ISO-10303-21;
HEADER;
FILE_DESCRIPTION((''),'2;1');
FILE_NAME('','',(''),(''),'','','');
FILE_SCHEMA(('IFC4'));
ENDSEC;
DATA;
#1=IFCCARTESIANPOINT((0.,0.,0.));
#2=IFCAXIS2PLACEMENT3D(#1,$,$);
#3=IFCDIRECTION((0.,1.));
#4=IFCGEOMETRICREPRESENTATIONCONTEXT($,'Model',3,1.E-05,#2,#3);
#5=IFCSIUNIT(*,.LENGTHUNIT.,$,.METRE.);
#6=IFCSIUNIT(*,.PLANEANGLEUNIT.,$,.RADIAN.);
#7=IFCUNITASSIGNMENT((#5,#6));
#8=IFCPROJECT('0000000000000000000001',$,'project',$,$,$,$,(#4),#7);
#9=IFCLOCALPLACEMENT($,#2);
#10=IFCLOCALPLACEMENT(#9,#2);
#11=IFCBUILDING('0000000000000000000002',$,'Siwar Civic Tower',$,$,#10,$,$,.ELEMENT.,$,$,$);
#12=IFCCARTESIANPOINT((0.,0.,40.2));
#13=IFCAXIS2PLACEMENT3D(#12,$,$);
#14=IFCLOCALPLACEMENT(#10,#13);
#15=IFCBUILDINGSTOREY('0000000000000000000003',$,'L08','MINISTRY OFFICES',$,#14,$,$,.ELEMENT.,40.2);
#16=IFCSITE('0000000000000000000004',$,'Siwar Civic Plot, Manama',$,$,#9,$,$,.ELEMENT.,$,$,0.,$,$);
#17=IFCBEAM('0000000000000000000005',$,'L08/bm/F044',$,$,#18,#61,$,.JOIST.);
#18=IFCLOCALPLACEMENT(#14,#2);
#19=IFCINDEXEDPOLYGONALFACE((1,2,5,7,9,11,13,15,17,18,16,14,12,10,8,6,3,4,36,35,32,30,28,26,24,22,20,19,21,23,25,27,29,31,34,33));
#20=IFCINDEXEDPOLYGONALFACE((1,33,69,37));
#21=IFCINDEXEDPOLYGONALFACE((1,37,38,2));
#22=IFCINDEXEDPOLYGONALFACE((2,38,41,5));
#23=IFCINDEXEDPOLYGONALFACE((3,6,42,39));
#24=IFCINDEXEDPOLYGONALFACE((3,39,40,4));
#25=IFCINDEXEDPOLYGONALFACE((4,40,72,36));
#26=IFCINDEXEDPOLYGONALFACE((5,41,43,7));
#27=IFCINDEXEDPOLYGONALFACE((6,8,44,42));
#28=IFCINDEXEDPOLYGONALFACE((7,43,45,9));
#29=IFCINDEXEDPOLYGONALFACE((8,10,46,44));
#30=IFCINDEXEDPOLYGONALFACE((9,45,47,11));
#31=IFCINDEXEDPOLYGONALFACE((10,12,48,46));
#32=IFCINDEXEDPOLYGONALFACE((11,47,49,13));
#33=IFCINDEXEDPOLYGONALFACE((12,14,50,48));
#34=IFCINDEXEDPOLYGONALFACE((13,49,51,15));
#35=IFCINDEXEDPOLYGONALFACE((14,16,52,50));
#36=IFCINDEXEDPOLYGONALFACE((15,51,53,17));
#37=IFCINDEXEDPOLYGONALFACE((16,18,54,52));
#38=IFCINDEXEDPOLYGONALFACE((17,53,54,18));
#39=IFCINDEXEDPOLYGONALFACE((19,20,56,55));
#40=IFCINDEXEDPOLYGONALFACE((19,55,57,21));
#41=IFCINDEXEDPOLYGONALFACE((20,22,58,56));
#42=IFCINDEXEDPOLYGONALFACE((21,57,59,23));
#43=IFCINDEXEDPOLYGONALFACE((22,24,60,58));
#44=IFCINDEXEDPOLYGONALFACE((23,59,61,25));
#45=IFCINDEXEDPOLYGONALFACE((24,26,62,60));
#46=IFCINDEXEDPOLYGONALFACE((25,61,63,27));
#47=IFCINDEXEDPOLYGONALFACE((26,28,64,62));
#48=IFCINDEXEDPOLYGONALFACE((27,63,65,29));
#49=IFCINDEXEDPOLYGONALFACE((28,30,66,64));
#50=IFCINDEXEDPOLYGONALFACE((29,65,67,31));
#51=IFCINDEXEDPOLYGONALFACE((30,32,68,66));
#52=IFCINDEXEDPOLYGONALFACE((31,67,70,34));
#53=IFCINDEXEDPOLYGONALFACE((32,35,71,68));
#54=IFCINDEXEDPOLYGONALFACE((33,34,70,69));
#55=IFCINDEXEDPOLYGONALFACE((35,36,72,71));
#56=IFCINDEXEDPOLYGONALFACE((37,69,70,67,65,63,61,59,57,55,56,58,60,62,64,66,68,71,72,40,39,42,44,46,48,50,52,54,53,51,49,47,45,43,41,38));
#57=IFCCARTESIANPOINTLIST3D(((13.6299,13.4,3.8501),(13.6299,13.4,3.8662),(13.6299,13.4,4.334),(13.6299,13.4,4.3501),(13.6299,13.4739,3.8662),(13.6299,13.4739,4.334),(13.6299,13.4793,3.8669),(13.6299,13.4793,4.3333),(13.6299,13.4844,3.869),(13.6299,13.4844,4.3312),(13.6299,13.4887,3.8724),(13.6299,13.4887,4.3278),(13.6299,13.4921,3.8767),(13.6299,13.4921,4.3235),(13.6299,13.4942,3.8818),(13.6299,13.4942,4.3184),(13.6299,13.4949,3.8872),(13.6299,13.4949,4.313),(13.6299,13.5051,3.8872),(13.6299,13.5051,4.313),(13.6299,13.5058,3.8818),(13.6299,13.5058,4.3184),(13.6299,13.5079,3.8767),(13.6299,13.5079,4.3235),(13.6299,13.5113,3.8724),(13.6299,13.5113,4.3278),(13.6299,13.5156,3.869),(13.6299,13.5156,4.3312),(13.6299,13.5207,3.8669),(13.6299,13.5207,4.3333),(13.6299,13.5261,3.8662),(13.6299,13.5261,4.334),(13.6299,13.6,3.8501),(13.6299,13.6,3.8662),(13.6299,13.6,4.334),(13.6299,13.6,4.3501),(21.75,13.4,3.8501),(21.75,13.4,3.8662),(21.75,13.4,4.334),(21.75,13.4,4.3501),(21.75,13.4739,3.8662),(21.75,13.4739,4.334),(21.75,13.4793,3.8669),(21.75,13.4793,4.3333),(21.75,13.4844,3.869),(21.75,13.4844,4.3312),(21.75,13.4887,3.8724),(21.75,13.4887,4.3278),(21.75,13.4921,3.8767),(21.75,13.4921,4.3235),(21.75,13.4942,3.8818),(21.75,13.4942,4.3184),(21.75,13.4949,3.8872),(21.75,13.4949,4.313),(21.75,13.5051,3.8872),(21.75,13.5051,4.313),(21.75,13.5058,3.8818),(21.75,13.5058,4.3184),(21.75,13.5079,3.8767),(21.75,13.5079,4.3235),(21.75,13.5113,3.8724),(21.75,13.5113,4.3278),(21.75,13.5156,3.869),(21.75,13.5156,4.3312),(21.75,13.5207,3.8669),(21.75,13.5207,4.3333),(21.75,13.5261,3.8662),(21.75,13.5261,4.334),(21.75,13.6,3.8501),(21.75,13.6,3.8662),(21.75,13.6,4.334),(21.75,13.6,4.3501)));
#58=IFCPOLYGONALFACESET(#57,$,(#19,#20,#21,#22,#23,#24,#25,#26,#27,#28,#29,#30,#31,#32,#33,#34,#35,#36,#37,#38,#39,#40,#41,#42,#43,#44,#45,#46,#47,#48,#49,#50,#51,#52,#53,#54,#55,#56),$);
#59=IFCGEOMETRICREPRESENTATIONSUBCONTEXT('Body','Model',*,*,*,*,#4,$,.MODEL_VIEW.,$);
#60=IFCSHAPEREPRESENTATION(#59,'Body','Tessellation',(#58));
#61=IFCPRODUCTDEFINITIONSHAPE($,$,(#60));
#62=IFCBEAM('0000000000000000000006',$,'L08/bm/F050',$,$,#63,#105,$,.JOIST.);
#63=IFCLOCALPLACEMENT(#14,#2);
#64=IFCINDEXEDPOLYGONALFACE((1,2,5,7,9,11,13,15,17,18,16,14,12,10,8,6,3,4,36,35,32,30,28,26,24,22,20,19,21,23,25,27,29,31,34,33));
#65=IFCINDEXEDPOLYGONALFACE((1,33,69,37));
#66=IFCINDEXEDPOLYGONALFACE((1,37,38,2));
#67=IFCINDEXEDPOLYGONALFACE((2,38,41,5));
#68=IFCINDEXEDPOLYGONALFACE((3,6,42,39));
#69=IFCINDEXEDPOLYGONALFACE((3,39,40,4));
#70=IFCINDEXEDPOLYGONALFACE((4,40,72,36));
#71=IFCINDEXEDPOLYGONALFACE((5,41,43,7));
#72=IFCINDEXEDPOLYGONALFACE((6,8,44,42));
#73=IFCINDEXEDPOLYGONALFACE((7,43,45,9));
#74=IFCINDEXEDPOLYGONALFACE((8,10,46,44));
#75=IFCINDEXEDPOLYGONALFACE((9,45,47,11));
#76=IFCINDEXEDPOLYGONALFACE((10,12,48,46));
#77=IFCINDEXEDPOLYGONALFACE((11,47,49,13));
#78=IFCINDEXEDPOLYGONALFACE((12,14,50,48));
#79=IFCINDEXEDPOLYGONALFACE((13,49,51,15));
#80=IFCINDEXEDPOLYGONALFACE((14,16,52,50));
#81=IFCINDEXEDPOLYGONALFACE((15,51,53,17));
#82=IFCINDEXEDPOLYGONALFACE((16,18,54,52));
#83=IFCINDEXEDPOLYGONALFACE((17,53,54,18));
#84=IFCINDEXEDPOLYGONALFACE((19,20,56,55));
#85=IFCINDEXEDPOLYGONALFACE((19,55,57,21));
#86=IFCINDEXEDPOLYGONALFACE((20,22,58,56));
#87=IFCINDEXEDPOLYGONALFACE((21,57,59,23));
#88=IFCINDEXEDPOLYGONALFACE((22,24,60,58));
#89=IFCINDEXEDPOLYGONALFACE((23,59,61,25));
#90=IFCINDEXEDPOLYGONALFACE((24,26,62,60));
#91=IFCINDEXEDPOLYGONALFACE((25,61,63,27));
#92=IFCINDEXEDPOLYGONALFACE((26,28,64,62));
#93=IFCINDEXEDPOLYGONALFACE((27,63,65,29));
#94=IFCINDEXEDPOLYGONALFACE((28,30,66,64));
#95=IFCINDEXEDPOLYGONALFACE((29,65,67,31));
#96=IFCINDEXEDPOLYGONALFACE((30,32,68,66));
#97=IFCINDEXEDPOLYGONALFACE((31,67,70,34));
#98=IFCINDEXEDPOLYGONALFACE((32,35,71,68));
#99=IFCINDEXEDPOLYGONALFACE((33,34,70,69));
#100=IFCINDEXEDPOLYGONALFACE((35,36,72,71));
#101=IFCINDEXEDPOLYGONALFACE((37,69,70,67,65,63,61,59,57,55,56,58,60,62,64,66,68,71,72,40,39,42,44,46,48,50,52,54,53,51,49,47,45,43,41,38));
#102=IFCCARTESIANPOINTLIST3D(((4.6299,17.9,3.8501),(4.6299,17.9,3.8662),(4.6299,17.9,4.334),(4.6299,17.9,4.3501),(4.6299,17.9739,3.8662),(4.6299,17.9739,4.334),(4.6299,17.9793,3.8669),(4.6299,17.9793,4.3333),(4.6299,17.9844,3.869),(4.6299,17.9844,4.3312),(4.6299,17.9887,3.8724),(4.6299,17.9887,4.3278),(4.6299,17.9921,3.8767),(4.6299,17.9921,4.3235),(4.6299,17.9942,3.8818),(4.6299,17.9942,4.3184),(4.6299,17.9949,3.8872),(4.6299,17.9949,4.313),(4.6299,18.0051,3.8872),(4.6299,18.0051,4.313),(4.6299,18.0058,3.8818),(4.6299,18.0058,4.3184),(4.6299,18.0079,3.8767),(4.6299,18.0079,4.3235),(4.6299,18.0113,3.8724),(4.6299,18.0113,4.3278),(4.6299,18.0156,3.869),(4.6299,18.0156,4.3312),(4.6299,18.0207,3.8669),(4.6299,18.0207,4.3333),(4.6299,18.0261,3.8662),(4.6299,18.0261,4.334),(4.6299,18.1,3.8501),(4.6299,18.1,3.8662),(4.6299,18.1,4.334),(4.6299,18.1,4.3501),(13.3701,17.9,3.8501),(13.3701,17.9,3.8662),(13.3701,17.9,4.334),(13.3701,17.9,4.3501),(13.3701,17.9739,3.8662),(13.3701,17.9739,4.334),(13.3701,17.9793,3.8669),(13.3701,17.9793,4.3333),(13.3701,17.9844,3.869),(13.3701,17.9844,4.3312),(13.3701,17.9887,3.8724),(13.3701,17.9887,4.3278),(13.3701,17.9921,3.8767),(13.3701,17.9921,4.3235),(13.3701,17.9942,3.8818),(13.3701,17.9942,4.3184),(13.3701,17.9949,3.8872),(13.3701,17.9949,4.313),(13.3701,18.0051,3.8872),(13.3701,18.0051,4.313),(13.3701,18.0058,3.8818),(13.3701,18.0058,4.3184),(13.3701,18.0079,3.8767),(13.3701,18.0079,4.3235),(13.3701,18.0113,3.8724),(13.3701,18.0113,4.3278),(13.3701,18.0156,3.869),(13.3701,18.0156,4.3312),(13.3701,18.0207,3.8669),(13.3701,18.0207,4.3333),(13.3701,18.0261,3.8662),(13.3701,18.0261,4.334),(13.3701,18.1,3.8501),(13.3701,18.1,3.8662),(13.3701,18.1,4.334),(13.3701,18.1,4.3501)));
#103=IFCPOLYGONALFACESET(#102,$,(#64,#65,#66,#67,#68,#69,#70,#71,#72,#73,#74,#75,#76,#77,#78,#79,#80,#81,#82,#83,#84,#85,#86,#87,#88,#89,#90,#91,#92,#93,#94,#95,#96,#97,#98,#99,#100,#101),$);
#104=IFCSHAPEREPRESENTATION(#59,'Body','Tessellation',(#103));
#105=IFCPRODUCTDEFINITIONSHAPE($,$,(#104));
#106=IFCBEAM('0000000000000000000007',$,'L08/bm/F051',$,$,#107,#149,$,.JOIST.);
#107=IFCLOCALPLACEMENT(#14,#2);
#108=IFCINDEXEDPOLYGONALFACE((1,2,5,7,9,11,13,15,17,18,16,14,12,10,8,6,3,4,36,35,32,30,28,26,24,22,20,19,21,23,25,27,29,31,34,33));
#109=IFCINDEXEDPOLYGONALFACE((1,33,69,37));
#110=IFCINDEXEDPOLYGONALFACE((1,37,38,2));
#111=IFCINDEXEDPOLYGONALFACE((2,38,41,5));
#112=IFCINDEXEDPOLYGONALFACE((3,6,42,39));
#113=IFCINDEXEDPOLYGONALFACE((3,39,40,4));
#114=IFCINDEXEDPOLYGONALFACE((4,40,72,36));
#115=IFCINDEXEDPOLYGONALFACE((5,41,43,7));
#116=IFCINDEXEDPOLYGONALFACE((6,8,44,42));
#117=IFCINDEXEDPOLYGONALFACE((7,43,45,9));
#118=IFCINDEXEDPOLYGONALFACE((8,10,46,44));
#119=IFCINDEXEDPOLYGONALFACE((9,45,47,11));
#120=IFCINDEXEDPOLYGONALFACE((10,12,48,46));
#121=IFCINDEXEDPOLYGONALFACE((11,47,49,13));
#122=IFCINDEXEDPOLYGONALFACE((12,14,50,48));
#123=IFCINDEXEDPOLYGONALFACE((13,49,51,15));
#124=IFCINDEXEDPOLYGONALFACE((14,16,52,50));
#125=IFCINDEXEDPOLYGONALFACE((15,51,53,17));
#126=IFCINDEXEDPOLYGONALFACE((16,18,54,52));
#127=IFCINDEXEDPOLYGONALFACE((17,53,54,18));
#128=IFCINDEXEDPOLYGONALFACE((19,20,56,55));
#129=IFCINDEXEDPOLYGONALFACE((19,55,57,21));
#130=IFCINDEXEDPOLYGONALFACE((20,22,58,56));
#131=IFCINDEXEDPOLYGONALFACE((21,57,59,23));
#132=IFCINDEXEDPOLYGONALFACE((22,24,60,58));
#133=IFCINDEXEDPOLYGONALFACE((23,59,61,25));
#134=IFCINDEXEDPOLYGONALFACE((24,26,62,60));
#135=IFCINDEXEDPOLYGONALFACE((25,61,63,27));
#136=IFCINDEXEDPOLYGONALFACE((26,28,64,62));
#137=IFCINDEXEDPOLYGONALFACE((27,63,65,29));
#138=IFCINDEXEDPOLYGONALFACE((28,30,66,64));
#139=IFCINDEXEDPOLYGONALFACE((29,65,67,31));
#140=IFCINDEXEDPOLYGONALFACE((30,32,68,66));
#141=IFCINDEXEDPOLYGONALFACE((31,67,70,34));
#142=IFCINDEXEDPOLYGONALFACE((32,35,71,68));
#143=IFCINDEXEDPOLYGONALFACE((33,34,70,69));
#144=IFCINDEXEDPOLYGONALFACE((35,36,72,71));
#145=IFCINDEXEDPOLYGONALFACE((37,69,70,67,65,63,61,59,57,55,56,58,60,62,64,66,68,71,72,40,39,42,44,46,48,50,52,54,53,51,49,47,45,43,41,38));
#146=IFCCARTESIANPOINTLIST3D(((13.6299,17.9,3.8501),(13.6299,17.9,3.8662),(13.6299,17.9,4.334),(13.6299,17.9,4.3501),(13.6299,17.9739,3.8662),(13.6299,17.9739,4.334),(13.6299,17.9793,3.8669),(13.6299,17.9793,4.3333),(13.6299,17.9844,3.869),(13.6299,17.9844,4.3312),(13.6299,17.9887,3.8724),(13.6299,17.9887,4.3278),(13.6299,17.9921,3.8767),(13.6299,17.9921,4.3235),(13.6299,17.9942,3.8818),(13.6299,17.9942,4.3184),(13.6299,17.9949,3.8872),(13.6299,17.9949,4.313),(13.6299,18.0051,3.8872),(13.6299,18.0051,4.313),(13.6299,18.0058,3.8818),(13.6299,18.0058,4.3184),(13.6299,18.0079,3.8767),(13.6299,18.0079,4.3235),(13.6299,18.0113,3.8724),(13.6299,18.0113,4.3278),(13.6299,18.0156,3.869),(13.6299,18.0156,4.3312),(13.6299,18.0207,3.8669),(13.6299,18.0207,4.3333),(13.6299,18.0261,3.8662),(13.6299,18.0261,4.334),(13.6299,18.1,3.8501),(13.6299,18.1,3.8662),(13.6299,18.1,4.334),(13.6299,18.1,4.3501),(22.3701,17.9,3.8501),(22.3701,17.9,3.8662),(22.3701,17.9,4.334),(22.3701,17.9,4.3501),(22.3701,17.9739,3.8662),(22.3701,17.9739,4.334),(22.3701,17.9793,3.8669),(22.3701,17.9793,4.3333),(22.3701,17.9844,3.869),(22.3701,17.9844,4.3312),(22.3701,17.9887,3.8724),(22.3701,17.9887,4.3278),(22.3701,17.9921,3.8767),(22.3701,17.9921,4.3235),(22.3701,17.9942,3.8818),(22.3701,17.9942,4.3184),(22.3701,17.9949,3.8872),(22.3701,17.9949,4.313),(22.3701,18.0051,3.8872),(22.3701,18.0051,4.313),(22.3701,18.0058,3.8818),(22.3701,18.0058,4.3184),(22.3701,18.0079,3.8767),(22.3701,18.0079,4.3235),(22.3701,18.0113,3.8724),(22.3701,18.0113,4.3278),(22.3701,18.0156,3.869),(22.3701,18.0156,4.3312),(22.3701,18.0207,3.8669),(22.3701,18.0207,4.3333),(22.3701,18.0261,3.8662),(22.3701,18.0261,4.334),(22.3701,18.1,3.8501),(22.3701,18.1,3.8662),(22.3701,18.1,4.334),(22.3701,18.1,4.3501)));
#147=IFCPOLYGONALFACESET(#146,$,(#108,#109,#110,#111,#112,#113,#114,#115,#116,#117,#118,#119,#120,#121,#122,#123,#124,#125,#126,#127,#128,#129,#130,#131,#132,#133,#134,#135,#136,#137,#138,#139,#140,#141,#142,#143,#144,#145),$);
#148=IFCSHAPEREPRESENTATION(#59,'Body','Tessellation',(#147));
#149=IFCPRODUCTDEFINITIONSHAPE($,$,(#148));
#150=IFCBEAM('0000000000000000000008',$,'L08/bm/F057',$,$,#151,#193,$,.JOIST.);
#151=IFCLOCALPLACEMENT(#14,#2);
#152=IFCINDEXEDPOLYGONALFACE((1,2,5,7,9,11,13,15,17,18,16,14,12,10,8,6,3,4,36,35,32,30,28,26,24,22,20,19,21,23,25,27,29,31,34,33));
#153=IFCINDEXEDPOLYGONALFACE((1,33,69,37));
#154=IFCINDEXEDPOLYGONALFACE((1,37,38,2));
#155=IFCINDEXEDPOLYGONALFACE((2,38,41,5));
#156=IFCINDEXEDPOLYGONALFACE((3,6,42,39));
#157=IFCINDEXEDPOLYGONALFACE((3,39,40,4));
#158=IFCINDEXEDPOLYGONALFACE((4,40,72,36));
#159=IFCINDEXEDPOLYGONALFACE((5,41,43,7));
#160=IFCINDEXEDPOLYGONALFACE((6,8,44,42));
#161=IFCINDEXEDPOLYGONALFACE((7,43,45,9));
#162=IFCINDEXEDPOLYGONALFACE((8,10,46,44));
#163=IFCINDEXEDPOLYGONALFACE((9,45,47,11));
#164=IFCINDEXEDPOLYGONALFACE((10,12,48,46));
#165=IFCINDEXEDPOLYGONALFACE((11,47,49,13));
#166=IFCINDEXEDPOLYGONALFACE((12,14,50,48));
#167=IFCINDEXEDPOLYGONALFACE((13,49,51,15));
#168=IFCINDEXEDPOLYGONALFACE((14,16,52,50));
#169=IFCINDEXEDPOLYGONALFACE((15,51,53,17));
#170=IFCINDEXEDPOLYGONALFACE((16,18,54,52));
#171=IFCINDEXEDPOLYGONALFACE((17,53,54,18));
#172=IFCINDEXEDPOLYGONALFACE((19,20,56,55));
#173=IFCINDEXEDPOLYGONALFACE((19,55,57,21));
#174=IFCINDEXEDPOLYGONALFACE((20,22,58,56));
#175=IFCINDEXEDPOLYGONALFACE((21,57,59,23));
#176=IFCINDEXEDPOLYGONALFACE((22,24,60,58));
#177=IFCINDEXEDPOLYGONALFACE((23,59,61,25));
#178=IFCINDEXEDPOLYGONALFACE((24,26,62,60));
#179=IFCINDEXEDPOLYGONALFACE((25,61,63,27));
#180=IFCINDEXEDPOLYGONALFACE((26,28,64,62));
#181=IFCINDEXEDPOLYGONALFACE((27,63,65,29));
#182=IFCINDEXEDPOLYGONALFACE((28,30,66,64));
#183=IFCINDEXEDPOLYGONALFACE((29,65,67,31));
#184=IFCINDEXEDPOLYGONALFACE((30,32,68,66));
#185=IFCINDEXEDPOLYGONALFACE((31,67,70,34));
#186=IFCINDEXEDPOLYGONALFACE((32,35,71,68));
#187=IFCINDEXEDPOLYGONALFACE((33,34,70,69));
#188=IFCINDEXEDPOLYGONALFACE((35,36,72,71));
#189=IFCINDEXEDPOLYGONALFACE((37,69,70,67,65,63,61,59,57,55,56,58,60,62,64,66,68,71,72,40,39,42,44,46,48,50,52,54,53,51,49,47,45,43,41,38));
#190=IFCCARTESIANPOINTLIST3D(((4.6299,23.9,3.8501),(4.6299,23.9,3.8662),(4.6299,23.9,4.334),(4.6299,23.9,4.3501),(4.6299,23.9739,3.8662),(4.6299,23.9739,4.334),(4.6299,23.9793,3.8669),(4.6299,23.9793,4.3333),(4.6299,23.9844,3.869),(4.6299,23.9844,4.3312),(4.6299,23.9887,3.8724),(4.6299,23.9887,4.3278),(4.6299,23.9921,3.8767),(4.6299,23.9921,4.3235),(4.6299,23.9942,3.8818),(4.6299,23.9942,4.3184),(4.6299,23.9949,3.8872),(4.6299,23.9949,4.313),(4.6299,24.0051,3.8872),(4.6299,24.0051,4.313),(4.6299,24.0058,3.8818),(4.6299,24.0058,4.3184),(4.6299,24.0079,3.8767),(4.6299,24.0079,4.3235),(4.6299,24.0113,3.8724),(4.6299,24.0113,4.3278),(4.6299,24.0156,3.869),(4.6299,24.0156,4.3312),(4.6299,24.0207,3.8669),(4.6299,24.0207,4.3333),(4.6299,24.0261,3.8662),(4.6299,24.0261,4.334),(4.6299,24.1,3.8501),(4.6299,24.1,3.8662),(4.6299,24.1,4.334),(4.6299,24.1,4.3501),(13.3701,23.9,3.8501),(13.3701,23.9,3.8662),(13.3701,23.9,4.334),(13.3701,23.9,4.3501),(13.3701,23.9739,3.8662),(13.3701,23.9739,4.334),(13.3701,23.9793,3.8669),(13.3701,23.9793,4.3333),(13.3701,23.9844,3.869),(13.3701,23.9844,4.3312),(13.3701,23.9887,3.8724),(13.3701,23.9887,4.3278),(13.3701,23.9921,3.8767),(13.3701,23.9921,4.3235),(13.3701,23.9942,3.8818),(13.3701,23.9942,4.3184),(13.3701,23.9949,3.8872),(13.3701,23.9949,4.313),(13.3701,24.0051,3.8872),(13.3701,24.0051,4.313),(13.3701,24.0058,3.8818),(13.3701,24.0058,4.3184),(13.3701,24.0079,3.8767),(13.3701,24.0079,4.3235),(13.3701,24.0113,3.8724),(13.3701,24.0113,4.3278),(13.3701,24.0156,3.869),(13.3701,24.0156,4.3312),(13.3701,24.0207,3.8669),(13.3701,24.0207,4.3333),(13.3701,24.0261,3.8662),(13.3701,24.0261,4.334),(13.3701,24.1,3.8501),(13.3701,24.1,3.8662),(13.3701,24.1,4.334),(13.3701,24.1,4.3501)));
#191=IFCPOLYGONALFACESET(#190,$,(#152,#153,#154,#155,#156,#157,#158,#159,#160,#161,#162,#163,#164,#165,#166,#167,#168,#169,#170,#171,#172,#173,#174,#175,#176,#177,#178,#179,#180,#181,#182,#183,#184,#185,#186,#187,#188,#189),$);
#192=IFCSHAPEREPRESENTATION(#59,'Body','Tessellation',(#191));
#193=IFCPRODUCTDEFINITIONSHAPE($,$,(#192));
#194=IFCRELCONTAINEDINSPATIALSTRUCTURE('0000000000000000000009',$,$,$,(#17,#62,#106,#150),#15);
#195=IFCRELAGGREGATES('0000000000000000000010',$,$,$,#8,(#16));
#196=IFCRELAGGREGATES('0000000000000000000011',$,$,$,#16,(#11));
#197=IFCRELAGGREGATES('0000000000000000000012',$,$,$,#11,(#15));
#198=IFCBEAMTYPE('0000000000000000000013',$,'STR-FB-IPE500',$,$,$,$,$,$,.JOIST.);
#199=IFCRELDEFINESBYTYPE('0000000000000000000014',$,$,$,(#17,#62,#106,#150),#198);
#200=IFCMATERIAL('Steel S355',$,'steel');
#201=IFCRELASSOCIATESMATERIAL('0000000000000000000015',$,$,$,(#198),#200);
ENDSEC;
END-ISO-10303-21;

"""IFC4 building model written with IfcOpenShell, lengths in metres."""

from ifc_helpers import new_model, si_unit, direction, frame, origin, origin_2d, place, context, subcontext, project, spatial, i_section, extrude, material, material_profile, profile_set, type_object, element, save


model = new_model("IFC4")

# Units and contexts
model_context = context("Model", 3, precision=1e-05, world=origin(), true_north=direction((0.0, 1.0)))
body_context = subcontext(model_context, "Body", "Model", "MODEL_VIEW")
ifc_project = project(units=[si_unit("LENGTHUNIT", "METRE"), si_unit("PLANEANGLEUNIT", "RADIAN")], contexts=[model_context])

# Site, building, storey
site_placement = place(None, origin())
site = spatial("IfcSite", under=ifc_project, at=site_placement, Name="Siwar Civic Plot, Manama", CompositionType="ELEMENT", RefElevation=0.0)
building_placement = place(site_placement, origin())
building = spatial("IfcBuilding", under=site, at=building_placement, Name="Siwar Civic Tower", CompositionType="ELEMENT")
storey_placement = place(building_placement, frame((0.0, 0.0, 40.2)))
storey = spatial("IfcBuildingStorey", under=building, at=storey_placement, Name="L08", Description="MINISTRY OFFICES", CompositionType="ELEMENT", Elevation=40.2)

# Beams
ifc_material_1 = material(Name="Steel S355", Category="steel")
ifc_material_profile_1 = material_profile(ifc_material_1, i_section(OverallWidth=0.2, OverallDepth=0.5, WebThickness=0.0103, FlangeThickness=0.0161, FilletRadius=0.021, at=origin_2d()), Name="IPE500")
ifc_profile_set_1 = profile_set([ifc_material_profile_1], Name="Steel S355")
beam_type_1 = type_object("IfcBeamType", Name="STR-FB-IPE500", PredefinedType="JOIST", material=ifc_profile_set_1)
beam_1_placement = place(storey_placement, frame((13.6299, 13.5, 4.1001), z_axis=(1.0, 0.0, 0.0), x_axis=(0.0, 1.0, 0.0)))
element("IfcBeam", 1, at=beam_1_placement, inside=storey, type_object=beam_type_1, Name="L08/bm/F044", PredefinedType="JOIST", context=body_context, shape_type="SweptSolid", body=[
    extrude(i_section(OverallWidth=0.2, OverallDepth=0.5, WebThickness=0.0103, FlangeThickness=0.0161, FilletRadius=0.021, at=origin_2d()), origin(), (0.0, 0.0, 1.0), 8.1201),
])
for number, where, z_axis, x_axis, name in (
    (2, (4.6299, 18.0, 4.1001), (1.0, 0.0, 0.0), (0.0, 1.0, 0.0), "L08/bm/F050"),
    (3, (13.6299, 18.0, 4.1001), (1.0, 0.0, 0.0), (0.0, 1.0, 0.0), "L08/bm/F051"),
    (4, (4.6299, 24.0, 4.1001), (1.0, 0.0, 0.0), (0.0, 1.0, 0.0), "L08/bm/F057"),
):
    element("IfcBeam", number, at=place(storey_placement, frame(where, z_axis=z_axis, x_axis=x_axis)), inside=storey, type_object=beam_type_1, Name=name, PredefinedType="JOIST", context=body_context, shape_type="SweptSolid", body=[
        extrude(i_section(OverallWidth=0.2, OverallDepth=0.5, WebThickness=0.0103, FlangeThickness=0.0161, FilletRadius=0.021, at=origin_2d()), origin(), (0.0, 0.0, 1.0), 8.7402),
    ])

save(model, "model.ifc")
